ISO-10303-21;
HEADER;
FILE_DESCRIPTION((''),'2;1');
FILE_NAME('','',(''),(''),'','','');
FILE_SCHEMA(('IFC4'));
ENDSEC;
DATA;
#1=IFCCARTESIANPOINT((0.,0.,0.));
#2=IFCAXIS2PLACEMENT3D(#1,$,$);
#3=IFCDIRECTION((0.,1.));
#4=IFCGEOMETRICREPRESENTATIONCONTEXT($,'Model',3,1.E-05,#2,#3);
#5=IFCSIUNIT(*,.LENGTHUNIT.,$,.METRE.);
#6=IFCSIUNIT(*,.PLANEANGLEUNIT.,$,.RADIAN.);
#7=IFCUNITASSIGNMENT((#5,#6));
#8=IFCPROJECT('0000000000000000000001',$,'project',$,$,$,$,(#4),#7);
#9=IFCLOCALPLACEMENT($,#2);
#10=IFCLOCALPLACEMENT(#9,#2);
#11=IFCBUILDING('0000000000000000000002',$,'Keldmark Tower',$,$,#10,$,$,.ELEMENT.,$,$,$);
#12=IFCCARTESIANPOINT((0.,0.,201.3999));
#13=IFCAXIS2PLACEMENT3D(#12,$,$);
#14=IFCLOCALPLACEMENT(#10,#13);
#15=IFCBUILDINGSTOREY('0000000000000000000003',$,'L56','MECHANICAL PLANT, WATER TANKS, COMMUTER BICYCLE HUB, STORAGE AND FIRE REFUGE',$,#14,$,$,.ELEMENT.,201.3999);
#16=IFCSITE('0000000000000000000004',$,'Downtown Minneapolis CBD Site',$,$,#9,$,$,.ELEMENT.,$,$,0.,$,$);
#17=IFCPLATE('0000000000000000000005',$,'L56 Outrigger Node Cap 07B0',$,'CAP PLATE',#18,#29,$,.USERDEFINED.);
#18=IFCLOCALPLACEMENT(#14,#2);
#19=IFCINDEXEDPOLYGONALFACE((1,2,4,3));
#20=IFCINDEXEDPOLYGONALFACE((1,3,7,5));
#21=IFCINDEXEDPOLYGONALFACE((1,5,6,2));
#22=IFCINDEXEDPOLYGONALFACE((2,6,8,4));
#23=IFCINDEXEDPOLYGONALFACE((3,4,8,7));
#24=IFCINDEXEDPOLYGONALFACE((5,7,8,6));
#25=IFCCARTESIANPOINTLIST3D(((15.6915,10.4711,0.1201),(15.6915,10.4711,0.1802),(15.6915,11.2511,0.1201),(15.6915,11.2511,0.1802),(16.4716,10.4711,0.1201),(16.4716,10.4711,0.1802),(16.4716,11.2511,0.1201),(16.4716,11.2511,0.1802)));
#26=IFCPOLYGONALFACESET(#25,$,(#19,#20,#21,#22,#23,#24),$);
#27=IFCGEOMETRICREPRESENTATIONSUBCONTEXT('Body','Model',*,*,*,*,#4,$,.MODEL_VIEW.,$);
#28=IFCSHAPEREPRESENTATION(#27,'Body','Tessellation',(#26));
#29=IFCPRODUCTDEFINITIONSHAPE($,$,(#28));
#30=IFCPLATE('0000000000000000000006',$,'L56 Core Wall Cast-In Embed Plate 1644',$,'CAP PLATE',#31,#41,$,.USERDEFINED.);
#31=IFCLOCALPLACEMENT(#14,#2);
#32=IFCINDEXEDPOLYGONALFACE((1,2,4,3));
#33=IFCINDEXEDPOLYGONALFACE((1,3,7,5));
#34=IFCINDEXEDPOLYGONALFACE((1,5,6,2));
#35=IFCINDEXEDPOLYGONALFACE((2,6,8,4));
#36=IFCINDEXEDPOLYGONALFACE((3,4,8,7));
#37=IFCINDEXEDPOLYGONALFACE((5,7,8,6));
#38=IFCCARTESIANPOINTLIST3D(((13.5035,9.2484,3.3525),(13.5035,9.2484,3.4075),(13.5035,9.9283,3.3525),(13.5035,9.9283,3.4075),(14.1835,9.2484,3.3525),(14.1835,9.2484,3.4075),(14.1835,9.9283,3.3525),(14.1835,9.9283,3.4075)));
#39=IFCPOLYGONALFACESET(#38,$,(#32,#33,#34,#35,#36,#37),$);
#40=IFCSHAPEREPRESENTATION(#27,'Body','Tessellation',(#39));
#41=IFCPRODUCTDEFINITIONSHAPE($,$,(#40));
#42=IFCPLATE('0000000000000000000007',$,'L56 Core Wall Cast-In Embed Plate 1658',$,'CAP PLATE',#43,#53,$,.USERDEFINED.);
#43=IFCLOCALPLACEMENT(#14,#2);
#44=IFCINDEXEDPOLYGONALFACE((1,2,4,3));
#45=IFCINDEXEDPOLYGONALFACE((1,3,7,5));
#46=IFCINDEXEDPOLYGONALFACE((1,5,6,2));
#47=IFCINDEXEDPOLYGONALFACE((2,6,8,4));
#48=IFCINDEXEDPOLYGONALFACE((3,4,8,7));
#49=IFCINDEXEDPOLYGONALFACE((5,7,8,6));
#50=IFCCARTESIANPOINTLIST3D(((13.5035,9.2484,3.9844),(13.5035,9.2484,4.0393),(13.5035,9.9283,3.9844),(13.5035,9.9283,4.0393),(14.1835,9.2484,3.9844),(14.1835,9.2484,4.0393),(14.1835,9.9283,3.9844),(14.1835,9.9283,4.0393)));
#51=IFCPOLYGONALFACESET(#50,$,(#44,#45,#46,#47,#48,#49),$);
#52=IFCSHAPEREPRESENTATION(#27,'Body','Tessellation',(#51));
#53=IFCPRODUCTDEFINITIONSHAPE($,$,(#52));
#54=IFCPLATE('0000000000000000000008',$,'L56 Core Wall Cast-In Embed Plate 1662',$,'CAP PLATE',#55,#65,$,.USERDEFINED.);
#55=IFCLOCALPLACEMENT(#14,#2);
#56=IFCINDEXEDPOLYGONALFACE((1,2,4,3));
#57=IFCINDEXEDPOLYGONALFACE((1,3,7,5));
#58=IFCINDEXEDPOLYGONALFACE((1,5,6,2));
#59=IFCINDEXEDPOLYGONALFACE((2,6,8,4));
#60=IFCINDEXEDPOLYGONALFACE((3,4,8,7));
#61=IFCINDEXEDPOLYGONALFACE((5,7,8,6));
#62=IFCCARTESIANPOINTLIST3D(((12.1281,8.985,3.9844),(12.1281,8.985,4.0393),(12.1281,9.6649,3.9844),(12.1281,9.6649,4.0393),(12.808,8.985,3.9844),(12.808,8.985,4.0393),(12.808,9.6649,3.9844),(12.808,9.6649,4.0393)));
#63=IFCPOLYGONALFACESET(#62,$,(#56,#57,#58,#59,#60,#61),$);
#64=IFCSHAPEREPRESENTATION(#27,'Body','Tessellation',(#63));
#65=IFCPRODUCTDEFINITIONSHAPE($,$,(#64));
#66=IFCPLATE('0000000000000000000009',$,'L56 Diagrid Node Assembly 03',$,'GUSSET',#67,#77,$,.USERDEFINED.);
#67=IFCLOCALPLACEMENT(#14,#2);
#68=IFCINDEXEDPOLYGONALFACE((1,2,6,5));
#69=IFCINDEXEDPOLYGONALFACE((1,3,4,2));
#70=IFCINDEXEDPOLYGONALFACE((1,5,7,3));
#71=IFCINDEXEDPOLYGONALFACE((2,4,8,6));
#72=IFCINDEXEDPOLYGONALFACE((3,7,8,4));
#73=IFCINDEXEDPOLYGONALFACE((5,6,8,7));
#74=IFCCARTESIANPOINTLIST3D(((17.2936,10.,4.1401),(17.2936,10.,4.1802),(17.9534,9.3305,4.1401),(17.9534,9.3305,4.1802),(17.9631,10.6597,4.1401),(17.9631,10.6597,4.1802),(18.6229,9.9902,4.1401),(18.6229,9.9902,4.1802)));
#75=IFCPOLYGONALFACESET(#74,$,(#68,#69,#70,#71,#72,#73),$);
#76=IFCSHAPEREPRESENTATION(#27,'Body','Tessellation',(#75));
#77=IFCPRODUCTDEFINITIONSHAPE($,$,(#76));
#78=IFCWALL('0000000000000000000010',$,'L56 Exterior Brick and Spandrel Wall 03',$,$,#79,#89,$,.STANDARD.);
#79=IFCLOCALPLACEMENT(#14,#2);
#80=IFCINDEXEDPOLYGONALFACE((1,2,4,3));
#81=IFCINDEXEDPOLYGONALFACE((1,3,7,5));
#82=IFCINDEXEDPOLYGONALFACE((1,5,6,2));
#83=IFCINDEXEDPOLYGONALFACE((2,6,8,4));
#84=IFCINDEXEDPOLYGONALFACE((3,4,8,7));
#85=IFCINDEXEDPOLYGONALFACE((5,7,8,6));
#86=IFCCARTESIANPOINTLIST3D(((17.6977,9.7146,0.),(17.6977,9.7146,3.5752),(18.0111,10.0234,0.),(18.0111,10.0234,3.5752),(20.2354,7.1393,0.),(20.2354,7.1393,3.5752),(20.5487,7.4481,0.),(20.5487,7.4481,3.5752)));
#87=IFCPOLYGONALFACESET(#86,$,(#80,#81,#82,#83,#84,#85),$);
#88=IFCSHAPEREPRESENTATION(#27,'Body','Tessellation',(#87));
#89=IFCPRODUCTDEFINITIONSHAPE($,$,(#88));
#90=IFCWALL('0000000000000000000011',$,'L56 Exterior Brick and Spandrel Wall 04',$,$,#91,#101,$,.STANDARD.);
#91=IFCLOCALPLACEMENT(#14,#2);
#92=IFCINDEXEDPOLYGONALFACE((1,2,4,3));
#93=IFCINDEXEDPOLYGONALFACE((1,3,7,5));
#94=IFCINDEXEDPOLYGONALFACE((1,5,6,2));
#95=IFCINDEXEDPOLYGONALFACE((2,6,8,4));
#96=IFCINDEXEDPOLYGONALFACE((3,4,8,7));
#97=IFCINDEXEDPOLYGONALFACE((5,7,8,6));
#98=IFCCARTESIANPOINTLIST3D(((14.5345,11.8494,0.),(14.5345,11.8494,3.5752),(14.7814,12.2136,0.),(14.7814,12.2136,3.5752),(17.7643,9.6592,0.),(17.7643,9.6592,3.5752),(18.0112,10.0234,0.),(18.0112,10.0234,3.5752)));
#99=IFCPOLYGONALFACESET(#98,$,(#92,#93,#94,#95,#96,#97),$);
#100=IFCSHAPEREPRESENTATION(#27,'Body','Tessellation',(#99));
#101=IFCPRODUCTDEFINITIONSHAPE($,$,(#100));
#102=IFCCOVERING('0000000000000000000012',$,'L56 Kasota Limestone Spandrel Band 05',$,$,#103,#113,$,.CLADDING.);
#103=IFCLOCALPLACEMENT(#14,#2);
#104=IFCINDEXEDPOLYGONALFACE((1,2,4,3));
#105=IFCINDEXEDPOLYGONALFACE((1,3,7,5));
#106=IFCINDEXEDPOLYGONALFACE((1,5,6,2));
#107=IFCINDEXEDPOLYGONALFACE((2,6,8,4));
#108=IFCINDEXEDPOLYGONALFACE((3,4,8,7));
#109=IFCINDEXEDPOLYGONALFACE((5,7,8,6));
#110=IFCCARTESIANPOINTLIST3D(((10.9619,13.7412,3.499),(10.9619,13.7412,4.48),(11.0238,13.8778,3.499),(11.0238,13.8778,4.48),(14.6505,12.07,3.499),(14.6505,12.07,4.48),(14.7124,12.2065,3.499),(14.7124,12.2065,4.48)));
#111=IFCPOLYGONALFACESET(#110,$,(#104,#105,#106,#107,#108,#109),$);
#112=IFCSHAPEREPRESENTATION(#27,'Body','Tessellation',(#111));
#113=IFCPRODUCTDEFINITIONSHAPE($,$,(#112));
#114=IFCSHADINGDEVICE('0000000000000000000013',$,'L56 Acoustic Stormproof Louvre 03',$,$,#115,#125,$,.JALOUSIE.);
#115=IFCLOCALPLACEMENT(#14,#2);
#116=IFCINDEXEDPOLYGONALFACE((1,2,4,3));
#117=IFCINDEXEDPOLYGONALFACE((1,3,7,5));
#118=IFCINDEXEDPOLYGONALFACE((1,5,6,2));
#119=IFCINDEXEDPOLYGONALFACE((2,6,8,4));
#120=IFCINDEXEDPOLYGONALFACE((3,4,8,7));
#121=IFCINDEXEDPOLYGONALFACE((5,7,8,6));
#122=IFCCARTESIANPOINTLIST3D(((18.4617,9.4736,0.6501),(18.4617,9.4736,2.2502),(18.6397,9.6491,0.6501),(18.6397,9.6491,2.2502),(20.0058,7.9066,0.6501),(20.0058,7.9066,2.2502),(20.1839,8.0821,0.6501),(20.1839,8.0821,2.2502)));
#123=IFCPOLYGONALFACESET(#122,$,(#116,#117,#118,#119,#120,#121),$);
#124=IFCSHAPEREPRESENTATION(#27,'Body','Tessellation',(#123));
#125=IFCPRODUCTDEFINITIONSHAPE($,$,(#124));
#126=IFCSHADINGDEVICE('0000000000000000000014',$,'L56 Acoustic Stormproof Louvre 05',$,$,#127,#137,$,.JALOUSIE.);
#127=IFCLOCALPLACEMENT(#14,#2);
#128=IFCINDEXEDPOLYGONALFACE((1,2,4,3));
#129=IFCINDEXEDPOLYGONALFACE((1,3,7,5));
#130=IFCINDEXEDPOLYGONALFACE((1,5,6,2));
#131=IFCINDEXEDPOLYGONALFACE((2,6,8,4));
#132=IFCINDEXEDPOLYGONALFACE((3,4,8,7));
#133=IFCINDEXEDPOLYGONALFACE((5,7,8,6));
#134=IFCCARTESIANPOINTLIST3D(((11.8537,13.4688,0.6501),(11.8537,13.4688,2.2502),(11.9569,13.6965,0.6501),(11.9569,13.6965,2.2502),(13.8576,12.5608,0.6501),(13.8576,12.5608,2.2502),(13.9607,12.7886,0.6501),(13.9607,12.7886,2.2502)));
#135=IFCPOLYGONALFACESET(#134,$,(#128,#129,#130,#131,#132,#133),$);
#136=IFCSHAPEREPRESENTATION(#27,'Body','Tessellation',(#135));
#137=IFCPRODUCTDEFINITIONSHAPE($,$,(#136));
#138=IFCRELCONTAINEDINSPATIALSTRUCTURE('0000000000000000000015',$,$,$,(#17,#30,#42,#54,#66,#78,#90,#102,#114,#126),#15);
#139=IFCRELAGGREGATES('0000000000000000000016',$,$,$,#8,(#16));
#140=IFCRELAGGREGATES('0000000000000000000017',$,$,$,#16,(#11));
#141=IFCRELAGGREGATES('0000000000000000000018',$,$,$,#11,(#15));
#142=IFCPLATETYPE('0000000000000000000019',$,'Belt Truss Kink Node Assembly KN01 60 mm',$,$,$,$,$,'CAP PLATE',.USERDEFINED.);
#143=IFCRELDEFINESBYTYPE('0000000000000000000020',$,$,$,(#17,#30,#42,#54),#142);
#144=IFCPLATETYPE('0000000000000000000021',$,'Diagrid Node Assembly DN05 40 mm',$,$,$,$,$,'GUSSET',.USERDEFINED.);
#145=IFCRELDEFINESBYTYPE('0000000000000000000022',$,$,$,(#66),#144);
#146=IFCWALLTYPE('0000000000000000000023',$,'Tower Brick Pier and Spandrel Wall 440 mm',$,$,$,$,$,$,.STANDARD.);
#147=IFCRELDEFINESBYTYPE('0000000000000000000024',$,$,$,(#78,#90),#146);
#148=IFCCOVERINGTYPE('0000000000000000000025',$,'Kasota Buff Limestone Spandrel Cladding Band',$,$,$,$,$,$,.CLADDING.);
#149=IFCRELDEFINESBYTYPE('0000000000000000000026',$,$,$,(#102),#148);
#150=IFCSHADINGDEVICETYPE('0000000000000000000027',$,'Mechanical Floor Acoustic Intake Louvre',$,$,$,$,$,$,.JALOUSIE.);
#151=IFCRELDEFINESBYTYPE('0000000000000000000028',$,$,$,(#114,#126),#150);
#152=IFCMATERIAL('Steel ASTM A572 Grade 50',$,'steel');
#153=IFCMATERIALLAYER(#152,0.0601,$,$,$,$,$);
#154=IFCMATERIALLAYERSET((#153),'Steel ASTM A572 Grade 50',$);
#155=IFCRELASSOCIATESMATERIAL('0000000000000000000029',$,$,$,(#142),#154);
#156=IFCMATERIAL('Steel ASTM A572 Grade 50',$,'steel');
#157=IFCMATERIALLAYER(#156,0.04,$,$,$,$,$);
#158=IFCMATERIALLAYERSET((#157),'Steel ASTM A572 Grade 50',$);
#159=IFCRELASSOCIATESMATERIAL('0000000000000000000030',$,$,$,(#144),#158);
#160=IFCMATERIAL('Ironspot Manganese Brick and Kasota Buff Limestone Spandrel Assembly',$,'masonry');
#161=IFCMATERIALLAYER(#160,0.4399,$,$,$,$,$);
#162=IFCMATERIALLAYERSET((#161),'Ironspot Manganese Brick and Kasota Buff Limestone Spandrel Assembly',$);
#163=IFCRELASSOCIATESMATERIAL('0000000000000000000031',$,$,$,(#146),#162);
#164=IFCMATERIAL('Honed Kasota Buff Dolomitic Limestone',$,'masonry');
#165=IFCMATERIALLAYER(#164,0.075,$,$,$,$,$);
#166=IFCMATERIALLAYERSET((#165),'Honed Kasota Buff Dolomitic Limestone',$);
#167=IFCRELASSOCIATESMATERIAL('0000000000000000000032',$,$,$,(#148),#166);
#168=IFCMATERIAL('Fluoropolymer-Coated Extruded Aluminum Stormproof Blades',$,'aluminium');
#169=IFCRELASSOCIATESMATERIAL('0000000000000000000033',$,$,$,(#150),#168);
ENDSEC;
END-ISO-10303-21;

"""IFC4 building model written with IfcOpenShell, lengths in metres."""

from ifc_helpers import new_model, si_unit, direction, frame, frame_2d, origin, origin_2d, place, context, subcontext, project, spatial, rectangle, extrude, material, layer, layer_set, type_object, element, save


model = new_model("IFC4")

# Units and contexts
model_context = context("Model", 3, precision=1e-05, world=origin(), true_north=direction((0.0, 1.0)))
body_context = subcontext(model_context, "Body", "Model", "MODEL_VIEW")
ifc_project = project(units=[si_unit("LENGTHUNIT", "METRE"), si_unit("PLANEANGLEUNIT", "RADIAN")], contexts=[model_context])

# Site, building, storey
site_placement = place(None, origin())
site = spatial("IfcSite", under=ifc_project, at=site_placement, Name="Downtown Minneapolis CBD Site", CompositionType="ELEMENT", RefElevation=0.0)
building_placement = place(site_placement, origin())
building = spatial("IfcBuilding", under=site, at=building_placement, Name="Keldmark Tower", CompositionType="ELEMENT")
storey_placement = place(building_placement, frame((0.0, 0.0, 201.3999)))
storey = spatial("IfcBuildingStorey", under=building, at=storey_placement, Name="L56", Description="MECHANICAL PLANT, WATER TANKS, COMMUTER BICYCLE HUB, STORAGE AND FIRE REFUGE", CompositionType="ELEMENT", Elevation=201.3999)

# Plates
ifc_material_1 = material(Name="Steel ASTM A572 Grade 50", Category="steel")
ifc_layer_1 = layer(ifc_material_1, 0.0601)
ifc_layer_set_1 = layer_set([ifc_layer_1], Name="Steel ASTM A572 Grade 50")
plate_type_1 = type_object("IfcPlateType", Name="Belt Truss Kink Node Assembly KN01 60 mm", ElementType="CAP PLATE", PredefinedType="USERDEFINED", material=ifc_layer_set_1)
for number, where, z_axis, x_axis, name in (
    (1, (16.0815, 10.8611, 0.1201), (0.0, 0.0, 1.0), (1.0, 0.0, 0.0), "L56 Outrigger Node Cap 07B0"),
):
    element("IfcPlate", number, at=place(storey_placement, frame(where, z_axis=z_axis, x_axis=x_axis)), inside=storey, type_object=plate_type_1, Name=name, ObjectType="CAP PLATE", PredefinedType="USERDEFINED", context=body_context, shape_type="SweptSolid", body=[
        extrude(rectangle(XDim=0.78, YDim=0.78, at=origin_2d()), origin(), (0.0, 0.0, 1.0), 0.0601),
    ])
for number, where, z_axis, x_axis, name in (
    (2, (13.8435, 9.5884, 3.3525), (0.0, 0.0, 1.0), (1.0, 0.0, 0.0), "L56 Core Wall Cast-In Embed Plate 1644"),
    (3, (13.8435, 9.5884, 3.9844), (0.0, 0.0, 1.0), (1.0, 0.0, 0.0), "L56 Core Wall Cast-In Embed Plate 1658"),
    (4, (12.468, 9.325, 3.9844), (0.0, 0.0, 1.0), (1.0, 0.0, 0.0), "L56 Core Wall Cast-In Embed Plate 1662"),
):
    element("IfcPlate", number, at=place(storey_placement, frame(where, z_axis=z_axis, x_axis=x_axis)), inside=storey, type_object=plate_type_1, Name=name, ObjectType="CAP PLATE", PredefinedType="USERDEFINED", context=body_context, shape_type="SweptSolid", body=[
        extrude(rectangle(XDim=0.6799, YDim=0.6799, at=origin_2d()), origin(), (0.0, 0.0, 1.0), 0.0549),
    ])
ifc_material_2 = material(Name="Steel ASTM A572 Grade 50", Category="steel")
ifc_layer_2 = layer(ifc_material_2, 0.04)
ifc_layer_set_2 = layer_set([ifc_layer_2], Name="Steel ASTM A572 Grade 50")
plate_type_2 = type_object("IfcPlateType", Name="Diagrid Node Assembly DN05 40 mm", ElementType="GUSSET", PredefinedType="USERDEFINED", material=ifc_layer_set_2)
plate_placement = place(storey_placement, frame((17.9583, 9.9951, 4.1401), z_axis=(0.0, 0.0, 1.0), x_axis=(-0.701904, 0.712271, 0.0)))
element("IfcPlate", 5, at=plate_placement, inside=storey, type_object=plate_type_2, Name="L56 Diagrid Node Assembly 03", ObjectType="GUSSET", PredefinedType="USERDEFINED", context=body_context, shape_type="SweptSolid", body=[
    extrude(rectangle(XDim=0.9399, YDim=0.9399, at=origin_2d()), origin(), (0.0, 0.0, 1.0), 0.04),
])

# Walls
ifc_material_3 = material(Name="Ironspot Manganese Brick and Kasota Buff Limestone Spandrel Assembly", Category="masonry")
ifc_layer_3 = layer(ifc_material_3, 0.4399)
ifc_layer_set_3 = layer_set([ifc_layer_3], Name="Ironspot Manganese Brick and Kasota Buff Limestone Spandrel Assembly")
wall_type = type_object("IfcWallType", Name="Tower Brick Pier and Spandrel Wall 440 mm", PredefinedType="STANDARD", material=ifc_layer_set_3)
wall_1_placement = place(storey_placement, frame((17.8545, 9.8689, 0.0), z_axis=(0.0, 0.0, 1.0), x_axis=(0.701888, -0.712287, 0.0)))
element("IfcWall", 6, at=wall_1_placement, inside=storey, type_object=wall_type, Name="L56 Exterior Brick and Spandrel Wall 03", PredefinedType="STANDARD", context=body_context, shape_type="SweptSolid", body=[
    extrude(rectangle(XDim=3.6155, YDim=0.4399, at=frame_2d((1.8076, 0.0))), origin(), (0.0, 0.0, 1.0), 3.5752),
])
wall_2_placement = place(storey_placement, frame((14.658, 12.0315, 0.0), z_axis=(0.0, 0.0, 1.0), x_axis=(0.827645, -0.561252, 0.0)))
element("IfcWall", 7, at=wall_2_placement, inside=storey, type_object=wall_type, Name="L56 Exterior Brick and Spandrel Wall 04", PredefinedType="STANDARD", context=body_context, shape_type="SweptSolid", body=[
    extrude(rectangle(XDim=3.9023, YDim=0.4399, at=frame_2d((1.9512, 0.0))), origin(), (0.0, 0.0, 1.0), 3.5752),
])

# Covering
ifc_material_4 = material(Name="Honed Kasota Buff Dolomitic Limestone", Category="masonry")
ifc_layer_4 = layer(ifc_material_4, 0.075)
ifc_layer_set_4 = layer_set([ifc_layer_4], Name="Honed Kasota Buff Dolomitic Limestone")
covering_type = type_object("IfcCoveringType", Name="Kasota Buff Limestone Spandrel Cladding Band", PredefinedType="CLADDING", material=ifc_layer_set_4)
covering_placement = place(storey_placement, frame((12.8372, 12.9739, 3.499), z_axis=(0.0, 0.0, 1.0), x_axis=(-0.910864, 0.412707, 0.0)))
element("IfcCovering", 8, at=covering_placement, inside=storey, type_object=covering_type, Name="L56 Kasota Limestone Spandrel Band 05", PredefinedType="CLADDING", context=body_context, shape_type="SweptSolid", body=[
    extrude(rectangle(XDim=4.0496, YDim=0.1499, at=origin_2d()), origin(), (0.0, 0.0, 1.0), 0.981),
])

# Shading devices
ifc_material_5 = material(Name="Fluoropolymer-Coated Extruded Aluminum Stormproof Blades", Category="aluminium")
shading_device_type = type_object("IfcShadingDeviceType", Name="Mechanical Floor Acoustic Intake Louvre", PredefinedType="JALOUSIE", material=ifc_material_5)
for number, where, z_axis, x_axis, name in (
    (9, (19.3228, 8.7778, 0.6501), (0.0, 0.0, 1.0), (-0.701892, 0.712283, 0.0), "L56 Acoustic Stormproof Louvre 03"),
    (10, (12.9072, 13.1287, 0.6501), (0.0, 0.0, 1.0), (-0.910864, 0.412707, 0.0), "L56 Acoustic Stormproof Louvre 05"),
):
    element("IfcShadingDevice", number, at=place(storey_placement, frame(where, z_axis=z_axis, x_axis=x_axis)), inside=storey, type_object=shading_device_type, Name=name, PredefinedType="JALOUSIE", context=body_context, shape_type="SweptSolid", body=[
        extrude(rectangle(XDim=2.2, YDim=0.25, at=origin_2d()), origin(), (0.0, 0.0, 1.0), 1.6001),
    ])

save(model, "model.ifc")
